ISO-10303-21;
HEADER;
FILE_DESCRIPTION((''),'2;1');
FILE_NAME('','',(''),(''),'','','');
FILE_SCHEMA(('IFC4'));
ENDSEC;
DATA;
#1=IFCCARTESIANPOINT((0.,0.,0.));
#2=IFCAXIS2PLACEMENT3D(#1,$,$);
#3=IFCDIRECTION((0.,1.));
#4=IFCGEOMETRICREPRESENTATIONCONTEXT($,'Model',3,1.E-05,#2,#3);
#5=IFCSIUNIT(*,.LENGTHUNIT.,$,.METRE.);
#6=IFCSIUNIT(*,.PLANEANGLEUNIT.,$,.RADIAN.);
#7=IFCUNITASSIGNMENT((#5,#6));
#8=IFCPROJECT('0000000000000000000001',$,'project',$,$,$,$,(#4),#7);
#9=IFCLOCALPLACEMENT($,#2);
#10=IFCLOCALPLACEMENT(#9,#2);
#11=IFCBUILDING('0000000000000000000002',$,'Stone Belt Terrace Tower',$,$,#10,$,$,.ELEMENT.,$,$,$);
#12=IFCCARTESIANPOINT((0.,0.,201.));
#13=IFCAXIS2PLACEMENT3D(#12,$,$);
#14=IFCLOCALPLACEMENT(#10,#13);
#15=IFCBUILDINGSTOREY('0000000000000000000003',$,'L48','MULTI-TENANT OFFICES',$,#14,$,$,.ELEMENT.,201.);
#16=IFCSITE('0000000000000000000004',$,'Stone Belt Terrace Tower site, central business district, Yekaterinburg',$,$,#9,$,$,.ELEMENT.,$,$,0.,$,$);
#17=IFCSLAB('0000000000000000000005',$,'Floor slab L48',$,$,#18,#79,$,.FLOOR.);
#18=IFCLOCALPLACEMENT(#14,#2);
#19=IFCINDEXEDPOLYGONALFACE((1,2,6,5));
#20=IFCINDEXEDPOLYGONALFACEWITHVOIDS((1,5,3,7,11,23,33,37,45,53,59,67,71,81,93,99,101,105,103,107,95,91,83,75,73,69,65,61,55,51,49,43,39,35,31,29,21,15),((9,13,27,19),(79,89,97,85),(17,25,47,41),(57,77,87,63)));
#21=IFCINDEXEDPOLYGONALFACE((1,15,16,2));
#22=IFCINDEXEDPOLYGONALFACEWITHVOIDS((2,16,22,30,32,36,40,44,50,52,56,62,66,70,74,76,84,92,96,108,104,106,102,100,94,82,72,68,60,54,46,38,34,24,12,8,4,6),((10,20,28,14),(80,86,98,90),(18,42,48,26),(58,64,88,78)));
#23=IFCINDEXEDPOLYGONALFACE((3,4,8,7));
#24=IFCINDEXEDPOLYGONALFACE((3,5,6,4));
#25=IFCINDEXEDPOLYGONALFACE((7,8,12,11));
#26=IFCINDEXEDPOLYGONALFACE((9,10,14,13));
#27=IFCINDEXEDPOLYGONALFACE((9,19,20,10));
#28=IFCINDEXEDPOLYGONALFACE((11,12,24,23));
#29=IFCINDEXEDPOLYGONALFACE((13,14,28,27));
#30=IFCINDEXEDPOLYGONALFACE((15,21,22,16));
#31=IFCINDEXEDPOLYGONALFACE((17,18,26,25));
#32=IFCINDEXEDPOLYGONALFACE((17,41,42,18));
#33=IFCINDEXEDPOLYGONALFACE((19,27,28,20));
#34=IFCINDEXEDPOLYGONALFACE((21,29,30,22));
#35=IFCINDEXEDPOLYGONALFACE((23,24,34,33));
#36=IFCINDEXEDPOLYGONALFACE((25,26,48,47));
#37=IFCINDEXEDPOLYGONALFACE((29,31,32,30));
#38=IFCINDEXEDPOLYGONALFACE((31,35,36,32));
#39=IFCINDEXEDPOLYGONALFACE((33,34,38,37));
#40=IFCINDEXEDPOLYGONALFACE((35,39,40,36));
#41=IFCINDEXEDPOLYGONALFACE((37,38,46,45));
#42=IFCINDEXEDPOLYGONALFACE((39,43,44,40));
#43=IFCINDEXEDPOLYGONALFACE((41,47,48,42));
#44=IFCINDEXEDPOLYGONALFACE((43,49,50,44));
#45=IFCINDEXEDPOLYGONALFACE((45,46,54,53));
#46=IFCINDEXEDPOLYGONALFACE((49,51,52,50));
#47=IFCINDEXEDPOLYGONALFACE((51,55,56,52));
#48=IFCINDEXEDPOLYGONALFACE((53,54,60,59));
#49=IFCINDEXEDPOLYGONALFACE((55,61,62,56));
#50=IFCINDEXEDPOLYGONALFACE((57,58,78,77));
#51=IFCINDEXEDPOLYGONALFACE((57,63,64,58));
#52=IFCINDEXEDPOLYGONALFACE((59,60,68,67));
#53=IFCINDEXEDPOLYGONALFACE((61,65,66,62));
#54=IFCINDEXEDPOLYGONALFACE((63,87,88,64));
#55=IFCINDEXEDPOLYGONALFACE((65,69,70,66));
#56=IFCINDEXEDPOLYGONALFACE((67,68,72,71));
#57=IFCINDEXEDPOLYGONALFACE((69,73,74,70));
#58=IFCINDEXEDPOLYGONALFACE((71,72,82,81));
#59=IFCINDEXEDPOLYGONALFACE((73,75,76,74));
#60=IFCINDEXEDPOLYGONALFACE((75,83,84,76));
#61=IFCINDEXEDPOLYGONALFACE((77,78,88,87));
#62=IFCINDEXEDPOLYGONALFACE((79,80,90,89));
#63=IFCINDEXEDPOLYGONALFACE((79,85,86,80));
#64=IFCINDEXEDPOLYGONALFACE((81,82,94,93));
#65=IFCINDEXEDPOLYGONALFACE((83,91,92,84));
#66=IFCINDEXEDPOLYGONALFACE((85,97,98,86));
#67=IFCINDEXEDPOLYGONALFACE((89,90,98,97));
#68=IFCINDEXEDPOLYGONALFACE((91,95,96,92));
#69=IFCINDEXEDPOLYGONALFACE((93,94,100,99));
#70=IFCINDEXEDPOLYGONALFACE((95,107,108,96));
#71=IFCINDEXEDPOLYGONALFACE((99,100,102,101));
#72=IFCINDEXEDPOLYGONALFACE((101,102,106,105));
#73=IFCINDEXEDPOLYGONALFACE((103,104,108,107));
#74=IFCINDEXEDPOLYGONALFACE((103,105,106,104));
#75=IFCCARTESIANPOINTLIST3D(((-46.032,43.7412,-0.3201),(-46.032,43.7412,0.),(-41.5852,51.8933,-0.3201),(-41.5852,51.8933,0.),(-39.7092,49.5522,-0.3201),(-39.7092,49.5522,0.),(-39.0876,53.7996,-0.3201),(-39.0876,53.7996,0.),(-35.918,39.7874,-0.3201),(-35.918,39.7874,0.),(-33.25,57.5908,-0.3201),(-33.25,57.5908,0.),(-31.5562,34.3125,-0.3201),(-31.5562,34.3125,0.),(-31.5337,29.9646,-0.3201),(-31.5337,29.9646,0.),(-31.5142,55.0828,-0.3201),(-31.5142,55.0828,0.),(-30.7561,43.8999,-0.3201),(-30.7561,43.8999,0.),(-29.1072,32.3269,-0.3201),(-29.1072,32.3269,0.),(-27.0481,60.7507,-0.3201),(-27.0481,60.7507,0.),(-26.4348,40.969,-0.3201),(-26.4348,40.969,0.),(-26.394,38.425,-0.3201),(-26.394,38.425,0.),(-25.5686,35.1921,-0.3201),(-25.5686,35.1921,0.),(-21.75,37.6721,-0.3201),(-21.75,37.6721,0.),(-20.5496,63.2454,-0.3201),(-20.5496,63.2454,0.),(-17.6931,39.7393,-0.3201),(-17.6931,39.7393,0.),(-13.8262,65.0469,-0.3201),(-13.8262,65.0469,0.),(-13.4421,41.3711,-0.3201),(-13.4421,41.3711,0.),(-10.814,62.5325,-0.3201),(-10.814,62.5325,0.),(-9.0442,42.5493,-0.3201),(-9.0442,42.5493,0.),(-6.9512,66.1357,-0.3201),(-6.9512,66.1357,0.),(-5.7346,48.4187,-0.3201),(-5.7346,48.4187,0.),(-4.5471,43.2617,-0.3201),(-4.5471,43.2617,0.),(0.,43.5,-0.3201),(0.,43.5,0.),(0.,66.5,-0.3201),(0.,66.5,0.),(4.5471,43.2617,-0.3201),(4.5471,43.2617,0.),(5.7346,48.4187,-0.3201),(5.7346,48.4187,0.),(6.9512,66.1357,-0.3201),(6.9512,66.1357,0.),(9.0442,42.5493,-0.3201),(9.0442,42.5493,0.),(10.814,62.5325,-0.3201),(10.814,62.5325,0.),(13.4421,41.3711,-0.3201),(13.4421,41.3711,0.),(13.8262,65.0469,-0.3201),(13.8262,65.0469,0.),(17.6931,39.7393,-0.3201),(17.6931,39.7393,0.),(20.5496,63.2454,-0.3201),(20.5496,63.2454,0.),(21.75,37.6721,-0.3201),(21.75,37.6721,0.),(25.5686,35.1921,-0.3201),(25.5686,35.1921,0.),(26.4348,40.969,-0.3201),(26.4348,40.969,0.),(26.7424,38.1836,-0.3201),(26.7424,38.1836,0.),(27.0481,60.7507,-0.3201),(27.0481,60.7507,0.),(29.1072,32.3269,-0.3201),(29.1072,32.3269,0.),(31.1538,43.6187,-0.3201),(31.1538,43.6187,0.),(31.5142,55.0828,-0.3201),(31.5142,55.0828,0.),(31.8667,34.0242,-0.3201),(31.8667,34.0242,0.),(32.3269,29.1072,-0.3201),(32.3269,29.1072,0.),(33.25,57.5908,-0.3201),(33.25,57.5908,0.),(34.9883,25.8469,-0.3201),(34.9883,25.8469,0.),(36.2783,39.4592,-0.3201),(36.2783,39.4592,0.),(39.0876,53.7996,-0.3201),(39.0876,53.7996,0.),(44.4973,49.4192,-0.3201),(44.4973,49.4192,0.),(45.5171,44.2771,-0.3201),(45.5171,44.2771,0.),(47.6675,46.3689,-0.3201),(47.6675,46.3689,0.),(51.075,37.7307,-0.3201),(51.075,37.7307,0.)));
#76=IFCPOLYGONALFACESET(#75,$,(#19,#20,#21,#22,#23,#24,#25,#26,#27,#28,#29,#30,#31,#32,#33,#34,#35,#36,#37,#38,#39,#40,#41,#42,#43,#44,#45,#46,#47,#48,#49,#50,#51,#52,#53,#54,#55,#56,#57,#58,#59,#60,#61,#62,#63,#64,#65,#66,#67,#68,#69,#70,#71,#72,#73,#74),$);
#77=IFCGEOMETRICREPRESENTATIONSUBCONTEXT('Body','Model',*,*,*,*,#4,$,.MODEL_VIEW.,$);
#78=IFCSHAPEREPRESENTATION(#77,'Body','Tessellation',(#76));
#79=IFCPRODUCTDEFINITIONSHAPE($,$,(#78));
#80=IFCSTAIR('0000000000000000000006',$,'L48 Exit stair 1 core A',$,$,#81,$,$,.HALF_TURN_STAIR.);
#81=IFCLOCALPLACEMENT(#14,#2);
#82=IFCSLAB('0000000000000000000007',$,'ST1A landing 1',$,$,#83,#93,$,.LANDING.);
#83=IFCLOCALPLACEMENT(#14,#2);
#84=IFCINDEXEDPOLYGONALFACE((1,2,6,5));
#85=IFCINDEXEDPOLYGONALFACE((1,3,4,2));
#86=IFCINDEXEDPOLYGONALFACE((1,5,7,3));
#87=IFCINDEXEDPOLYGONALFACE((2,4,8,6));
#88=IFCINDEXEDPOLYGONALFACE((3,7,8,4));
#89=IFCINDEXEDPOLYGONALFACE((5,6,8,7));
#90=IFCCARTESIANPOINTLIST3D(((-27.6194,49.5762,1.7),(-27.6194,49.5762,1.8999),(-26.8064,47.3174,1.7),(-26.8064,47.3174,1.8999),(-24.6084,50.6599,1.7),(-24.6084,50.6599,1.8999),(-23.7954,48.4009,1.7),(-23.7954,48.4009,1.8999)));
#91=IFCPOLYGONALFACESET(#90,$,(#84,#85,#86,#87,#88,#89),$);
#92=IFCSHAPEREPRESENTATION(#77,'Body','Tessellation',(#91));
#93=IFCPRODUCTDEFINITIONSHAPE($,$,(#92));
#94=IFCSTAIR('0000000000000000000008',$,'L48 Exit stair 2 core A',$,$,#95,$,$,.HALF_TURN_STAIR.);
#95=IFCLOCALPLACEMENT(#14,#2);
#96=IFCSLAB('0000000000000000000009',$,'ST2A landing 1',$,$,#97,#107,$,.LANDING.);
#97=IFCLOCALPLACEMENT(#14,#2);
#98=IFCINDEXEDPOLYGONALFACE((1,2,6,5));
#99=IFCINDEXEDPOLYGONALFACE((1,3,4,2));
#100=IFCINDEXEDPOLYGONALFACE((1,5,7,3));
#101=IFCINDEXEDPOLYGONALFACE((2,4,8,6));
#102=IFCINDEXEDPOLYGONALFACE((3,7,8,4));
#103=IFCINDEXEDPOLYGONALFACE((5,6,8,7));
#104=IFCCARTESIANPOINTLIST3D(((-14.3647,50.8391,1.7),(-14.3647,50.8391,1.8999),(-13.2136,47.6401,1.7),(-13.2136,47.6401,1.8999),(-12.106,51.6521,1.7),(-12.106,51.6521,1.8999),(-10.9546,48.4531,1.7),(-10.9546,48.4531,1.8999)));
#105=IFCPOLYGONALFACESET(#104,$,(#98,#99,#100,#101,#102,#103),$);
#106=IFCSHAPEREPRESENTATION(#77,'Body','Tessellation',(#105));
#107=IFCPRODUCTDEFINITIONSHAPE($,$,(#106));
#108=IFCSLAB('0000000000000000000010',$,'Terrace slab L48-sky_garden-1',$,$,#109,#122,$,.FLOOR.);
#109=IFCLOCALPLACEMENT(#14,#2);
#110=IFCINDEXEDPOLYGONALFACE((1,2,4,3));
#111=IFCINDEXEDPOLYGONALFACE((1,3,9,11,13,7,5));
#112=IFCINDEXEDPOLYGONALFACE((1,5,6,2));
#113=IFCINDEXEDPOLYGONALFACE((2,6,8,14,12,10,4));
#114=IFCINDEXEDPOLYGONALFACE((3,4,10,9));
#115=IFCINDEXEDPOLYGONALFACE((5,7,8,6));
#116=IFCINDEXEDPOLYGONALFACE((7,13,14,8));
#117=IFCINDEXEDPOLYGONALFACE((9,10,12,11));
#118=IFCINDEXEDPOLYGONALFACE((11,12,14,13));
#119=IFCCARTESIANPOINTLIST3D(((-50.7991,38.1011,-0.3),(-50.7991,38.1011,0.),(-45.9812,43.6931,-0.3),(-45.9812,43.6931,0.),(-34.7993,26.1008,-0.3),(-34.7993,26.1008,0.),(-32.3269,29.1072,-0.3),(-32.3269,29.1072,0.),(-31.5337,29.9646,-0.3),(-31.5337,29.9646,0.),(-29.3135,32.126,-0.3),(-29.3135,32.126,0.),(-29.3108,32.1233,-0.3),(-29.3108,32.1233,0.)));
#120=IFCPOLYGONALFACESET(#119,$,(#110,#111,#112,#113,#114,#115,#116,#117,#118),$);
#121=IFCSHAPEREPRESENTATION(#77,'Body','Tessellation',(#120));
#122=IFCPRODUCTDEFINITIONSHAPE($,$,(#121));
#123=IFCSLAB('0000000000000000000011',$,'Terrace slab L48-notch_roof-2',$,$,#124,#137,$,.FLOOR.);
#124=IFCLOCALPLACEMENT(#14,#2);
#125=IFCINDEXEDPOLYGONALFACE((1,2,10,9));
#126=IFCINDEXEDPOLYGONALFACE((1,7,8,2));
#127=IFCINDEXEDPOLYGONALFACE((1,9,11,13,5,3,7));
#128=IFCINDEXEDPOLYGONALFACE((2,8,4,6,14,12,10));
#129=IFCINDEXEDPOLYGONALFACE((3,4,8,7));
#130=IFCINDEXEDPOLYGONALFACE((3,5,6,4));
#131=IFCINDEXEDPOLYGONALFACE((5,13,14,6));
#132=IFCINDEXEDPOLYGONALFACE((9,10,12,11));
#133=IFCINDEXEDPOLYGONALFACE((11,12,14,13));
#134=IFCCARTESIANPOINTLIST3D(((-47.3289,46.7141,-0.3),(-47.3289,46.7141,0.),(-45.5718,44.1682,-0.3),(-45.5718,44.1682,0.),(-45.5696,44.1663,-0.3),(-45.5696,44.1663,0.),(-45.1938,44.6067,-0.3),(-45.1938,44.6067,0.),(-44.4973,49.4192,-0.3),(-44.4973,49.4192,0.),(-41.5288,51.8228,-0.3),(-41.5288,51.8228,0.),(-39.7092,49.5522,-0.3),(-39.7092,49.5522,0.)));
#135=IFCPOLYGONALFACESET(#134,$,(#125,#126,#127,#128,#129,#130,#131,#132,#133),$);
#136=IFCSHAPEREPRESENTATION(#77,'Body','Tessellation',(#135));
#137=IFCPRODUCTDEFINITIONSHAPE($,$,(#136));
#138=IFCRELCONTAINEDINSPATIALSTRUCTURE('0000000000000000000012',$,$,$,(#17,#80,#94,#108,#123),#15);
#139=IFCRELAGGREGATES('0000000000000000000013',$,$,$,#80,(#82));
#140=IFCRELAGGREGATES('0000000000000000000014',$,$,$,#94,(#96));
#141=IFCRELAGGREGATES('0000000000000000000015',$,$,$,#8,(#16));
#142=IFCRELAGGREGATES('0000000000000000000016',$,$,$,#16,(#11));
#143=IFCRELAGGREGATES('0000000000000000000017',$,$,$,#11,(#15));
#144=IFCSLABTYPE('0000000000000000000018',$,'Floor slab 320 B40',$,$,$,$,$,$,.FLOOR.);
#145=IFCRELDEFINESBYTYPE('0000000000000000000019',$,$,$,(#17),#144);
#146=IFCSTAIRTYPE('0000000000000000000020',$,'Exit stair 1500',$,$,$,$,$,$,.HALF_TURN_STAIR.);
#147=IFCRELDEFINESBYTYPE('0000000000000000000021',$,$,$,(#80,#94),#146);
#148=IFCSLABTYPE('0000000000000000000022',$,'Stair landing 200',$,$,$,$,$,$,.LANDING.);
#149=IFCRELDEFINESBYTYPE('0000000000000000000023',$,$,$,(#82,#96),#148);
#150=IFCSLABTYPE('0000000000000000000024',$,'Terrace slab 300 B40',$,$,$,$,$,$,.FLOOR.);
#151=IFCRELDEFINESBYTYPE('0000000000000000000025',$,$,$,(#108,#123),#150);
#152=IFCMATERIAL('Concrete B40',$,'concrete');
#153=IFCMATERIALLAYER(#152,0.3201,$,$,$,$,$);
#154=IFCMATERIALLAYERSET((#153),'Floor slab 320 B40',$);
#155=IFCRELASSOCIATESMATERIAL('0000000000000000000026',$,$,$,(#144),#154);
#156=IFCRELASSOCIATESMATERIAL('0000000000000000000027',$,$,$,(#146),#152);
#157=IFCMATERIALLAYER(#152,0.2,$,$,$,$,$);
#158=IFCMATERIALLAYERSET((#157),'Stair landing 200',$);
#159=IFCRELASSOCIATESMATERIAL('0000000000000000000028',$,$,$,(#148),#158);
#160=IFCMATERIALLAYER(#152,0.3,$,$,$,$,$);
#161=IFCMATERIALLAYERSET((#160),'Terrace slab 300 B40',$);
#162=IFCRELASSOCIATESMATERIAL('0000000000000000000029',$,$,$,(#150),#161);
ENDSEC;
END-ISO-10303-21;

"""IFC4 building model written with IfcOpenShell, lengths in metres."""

from ifc_helpers import new_model, si_unit, direction, frame, origin, place, context, subcontext, project, spatial, polyline, outline, extrude, material, layer, layer_set, type_object, element, aggregate, save


model = new_model("IFC4")

# Units and contexts
model_context = context("Model", 3, precision=1e-05, world=origin(), true_north=direction((0.0, 1.0)))
body_context = subcontext(model_context, "Body", "Model", "MODEL_VIEW")
ifc_project = project(units=[si_unit("LENGTHUNIT", "METRE"), si_unit("PLANEANGLEUNIT", "RADIAN")], contexts=[model_context])

# Site, building, storey
site_placement = place(None, origin())
site = spatial("IfcSite", under=ifc_project, at=site_placement, Name="Stone Belt Terrace Tower site, central business district, Yekaterinburg", CompositionType="ELEMENT", RefElevation=0.0)
building_placement = place(site_placement, origin())
building = spatial("IfcBuilding", under=site, at=building_placement, Name="Stone Belt Terrace Tower", CompositionType="ELEMENT")
storey_placement = place(building_placement, frame((0.0, 0.0, 201.0)))
storey = spatial("IfcBuildingStorey", under=building, at=storey_placement, Name="L48", Description="MULTI-TENANT OFFICES", CompositionType="ELEMENT", Elevation=201.0)

# Slab
ifc_material_1 = material(Name="Concrete B40", Category="concrete")
ifc_layer_1 = layer(ifc_material_1, 0.3201)
ifc_layer_set_1 = layer_set([ifc_layer_1], Name="Floor slab 320 B40")
slab_type_1 = type_object("IfcSlabType", Name="Floor slab 320 B40", PredefinedType="FLOOR", material=ifc_layer_set_1)
slab_1_placement = place(storey_placement, frame((0.0, 0.0, -0.3201)))
element("IfcSlab", 1, at=slab_1_placement, inside=storey, type_object=slab_type_1, Name="Floor slab L48", PredefinedType="FLOOR", context=body_context, shape_type="SweptSolid", body=[
    extrude(outline(polyline([(-39.0876, 53.7996), (-33.25, 57.5908), (-27.0481, 60.7507), (-20.5496, 63.2454), (-13.8262, 65.0469), (-6.9512, 66.1357), (0.0, 66.5), (6.9512, 66.1357), (13.8262, 65.0469), (20.5496, 63.2454), (27.0481, 60.7507), (33.25, 57.5908), (39.0876, 53.7996), (44.4973, 49.4192), (47.6675, 46.3689), (45.5171, 44.2771), (51.075, 37.7307), (34.9883, 25.8469), (32.3269, 29.1072), (29.1072, 32.3269), (25.5686, 35.1921), (21.75, 37.6721), (17.6931, 39.7393), (13.4421, 41.3711), (9.0442, 42.5493), (4.5471, 43.2617), (0.0, 43.5), (-4.5471, 43.2617), (-9.0442, 42.5493), (-13.4421, 41.3711), (-17.6931, 39.7393), (-21.75, 37.6721), (-25.5686, 35.1921), (-29.1072, 32.3269), (-31.5337, 29.9646), (-46.032, 43.7412), (-39.7092, 49.5522), (-41.5852, 51.8933), (-39.0876, 53.7996)]), holes=[polyline([(-26.4348, 40.969), (-5.7346, 48.4187), (-10.814, 62.5325), (-31.5142, 55.0828), (-26.4348, 40.969)]), polyline([(10.814, 62.5325), (5.7346, 48.4187), (26.4348, 40.969), (31.5142, 55.0828), (10.814, 62.5325)]), polyline([(-35.918, 39.7874), (-31.5562, 34.3125), (-26.394, 38.425), (-30.7561, 43.8999), (-35.918, 39.7874)]), polyline([(36.2783, 39.4592), (31.1538, 43.6187), (26.7424, 38.1836), (31.8667, 34.0242), (36.2783, 39.4592)])]), origin(), (0.0, 0.0, 1.0), 0.3201),
])

# Stairs, slabs
stair_type = type_object("IfcStairType", Name="Exit stair 1500", PredefinedType="HALF_TURN_STAIR", material=ifc_material_1)
stair_1_placement = place(storey_placement, origin())
stair_1 = element("IfcStair", 2, at=stair_1_placement, inside=storey, type_object=stair_type, Name="L48 Exit stair 1 core A", PredefinedType="HALF_TURN_STAIR")
ifc_layer_2 = layer(ifc_material_1, 0.2)
ifc_layer_set_2 = layer_set([ifc_layer_2], Name="Stair landing 200")
slab_type_2 = type_object("IfcSlabType", Name="Stair landing 200", PredefinedType="LANDING", material=ifc_layer_set_2)
slab_2_placement = place(storey_placement, frame((0.0, 0.0, 1.7)))
slab_2 = element("IfcSlab", 3, at=slab_2_placement, type_object=slab_type_2, Name="ST1A landing 1", PredefinedType="LANDING", context=body_context, shape_type="SweptSolid", body=[
    extrude(outline(polyline([(-23.7954, 48.4009), (-24.6084, 50.6599), (-27.6194, 49.5762), (-26.8064, 47.3174), (-23.7954, 48.4009)])), origin(), (0.0, 0.0, 1.0), 0.2),
])
aggregate(stair_1, [slab_2])
stair_2_placement = place(storey_placement, origin())
stair_2 = element("IfcStair", 4, at=stair_2_placement, inside=storey, type_object=stair_type, Name="L48 Exit stair 2 core A", PredefinedType="HALF_TURN_STAIR")
slab_3_placement = place(storey_placement, frame((0.0, 0.0, 1.7)))
slab_3 = element("IfcSlab", 5, at=slab_3_placement, type_object=slab_type_2, Name="ST2A landing 1", PredefinedType="LANDING", context=body_context, shape_type="SweptSolid", body=[
    extrude(outline(polyline([(-13.2136, 47.6401), (-10.9546, 48.4531), (-12.106, 51.6521), (-14.3647, 50.8391), (-13.2136, 47.6401)])), origin(), (0.0, 0.0, 1.0), 0.2),
])
aggregate(stair_2, [slab_3])

# Slabs
ifc_layer_3 = layer(ifc_material_1, 0.3)
ifc_layer_set_3 = layer_set([ifc_layer_3], Name="Terrace slab 300 B40")
slab_type_3 = type_object("IfcSlabType", Name="Terrace slab 300 B40", PredefinedType="FLOOR", material=ifc_layer_set_3)
slab_4_placement = place(storey_placement, frame((0.0, 0.0, -0.3)))
element("IfcSlab", 6, at=slab_4_placement, inside=storey, type_object=slab_type_3, Name="Terrace slab L48-sky_garden-1", PredefinedType="FLOOR", context=body_context, shape_type="SweptSolid", body=[
    extrude(outline(polyline([(-34.7993, 26.1008), (-32.3269, 29.1072), (-29.3108, 32.1233), (-29.3135, 32.126), (-31.5337, 29.9646), (-45.9812, 43.6931), (-50.7991, 38.1011), (-34.7993, 26.1008)])), origin(), (0.0, 0.0, 1.0), 0.3),
])
slab_5_placement = place(storey_placement, frame((0.0, 0.0, -0.3)))
element("IfcSlab", 7, at=slab_5_placement, inside=storey, type_object=slab_type_3, Name="Terrace slab L48-notch_roof-2", PredefinedType="FLOOR", context=body_context, shape_type="SweptSolid", body=[
    extrude(outline(polyline([(-47.3289, 46.7141), (-45.1938, 44.6067), (-45.5718, 44.1682), (-45.5696, 44.1663), (-39.7092, 49.5522), (-41.5288, 51.8228), (-44.4973, 49.4192), (-47.3289, 46.7141)])), origin(), (0.0, 0.0, 1.0), 0.3),
])

save(model, "model.ifc")
